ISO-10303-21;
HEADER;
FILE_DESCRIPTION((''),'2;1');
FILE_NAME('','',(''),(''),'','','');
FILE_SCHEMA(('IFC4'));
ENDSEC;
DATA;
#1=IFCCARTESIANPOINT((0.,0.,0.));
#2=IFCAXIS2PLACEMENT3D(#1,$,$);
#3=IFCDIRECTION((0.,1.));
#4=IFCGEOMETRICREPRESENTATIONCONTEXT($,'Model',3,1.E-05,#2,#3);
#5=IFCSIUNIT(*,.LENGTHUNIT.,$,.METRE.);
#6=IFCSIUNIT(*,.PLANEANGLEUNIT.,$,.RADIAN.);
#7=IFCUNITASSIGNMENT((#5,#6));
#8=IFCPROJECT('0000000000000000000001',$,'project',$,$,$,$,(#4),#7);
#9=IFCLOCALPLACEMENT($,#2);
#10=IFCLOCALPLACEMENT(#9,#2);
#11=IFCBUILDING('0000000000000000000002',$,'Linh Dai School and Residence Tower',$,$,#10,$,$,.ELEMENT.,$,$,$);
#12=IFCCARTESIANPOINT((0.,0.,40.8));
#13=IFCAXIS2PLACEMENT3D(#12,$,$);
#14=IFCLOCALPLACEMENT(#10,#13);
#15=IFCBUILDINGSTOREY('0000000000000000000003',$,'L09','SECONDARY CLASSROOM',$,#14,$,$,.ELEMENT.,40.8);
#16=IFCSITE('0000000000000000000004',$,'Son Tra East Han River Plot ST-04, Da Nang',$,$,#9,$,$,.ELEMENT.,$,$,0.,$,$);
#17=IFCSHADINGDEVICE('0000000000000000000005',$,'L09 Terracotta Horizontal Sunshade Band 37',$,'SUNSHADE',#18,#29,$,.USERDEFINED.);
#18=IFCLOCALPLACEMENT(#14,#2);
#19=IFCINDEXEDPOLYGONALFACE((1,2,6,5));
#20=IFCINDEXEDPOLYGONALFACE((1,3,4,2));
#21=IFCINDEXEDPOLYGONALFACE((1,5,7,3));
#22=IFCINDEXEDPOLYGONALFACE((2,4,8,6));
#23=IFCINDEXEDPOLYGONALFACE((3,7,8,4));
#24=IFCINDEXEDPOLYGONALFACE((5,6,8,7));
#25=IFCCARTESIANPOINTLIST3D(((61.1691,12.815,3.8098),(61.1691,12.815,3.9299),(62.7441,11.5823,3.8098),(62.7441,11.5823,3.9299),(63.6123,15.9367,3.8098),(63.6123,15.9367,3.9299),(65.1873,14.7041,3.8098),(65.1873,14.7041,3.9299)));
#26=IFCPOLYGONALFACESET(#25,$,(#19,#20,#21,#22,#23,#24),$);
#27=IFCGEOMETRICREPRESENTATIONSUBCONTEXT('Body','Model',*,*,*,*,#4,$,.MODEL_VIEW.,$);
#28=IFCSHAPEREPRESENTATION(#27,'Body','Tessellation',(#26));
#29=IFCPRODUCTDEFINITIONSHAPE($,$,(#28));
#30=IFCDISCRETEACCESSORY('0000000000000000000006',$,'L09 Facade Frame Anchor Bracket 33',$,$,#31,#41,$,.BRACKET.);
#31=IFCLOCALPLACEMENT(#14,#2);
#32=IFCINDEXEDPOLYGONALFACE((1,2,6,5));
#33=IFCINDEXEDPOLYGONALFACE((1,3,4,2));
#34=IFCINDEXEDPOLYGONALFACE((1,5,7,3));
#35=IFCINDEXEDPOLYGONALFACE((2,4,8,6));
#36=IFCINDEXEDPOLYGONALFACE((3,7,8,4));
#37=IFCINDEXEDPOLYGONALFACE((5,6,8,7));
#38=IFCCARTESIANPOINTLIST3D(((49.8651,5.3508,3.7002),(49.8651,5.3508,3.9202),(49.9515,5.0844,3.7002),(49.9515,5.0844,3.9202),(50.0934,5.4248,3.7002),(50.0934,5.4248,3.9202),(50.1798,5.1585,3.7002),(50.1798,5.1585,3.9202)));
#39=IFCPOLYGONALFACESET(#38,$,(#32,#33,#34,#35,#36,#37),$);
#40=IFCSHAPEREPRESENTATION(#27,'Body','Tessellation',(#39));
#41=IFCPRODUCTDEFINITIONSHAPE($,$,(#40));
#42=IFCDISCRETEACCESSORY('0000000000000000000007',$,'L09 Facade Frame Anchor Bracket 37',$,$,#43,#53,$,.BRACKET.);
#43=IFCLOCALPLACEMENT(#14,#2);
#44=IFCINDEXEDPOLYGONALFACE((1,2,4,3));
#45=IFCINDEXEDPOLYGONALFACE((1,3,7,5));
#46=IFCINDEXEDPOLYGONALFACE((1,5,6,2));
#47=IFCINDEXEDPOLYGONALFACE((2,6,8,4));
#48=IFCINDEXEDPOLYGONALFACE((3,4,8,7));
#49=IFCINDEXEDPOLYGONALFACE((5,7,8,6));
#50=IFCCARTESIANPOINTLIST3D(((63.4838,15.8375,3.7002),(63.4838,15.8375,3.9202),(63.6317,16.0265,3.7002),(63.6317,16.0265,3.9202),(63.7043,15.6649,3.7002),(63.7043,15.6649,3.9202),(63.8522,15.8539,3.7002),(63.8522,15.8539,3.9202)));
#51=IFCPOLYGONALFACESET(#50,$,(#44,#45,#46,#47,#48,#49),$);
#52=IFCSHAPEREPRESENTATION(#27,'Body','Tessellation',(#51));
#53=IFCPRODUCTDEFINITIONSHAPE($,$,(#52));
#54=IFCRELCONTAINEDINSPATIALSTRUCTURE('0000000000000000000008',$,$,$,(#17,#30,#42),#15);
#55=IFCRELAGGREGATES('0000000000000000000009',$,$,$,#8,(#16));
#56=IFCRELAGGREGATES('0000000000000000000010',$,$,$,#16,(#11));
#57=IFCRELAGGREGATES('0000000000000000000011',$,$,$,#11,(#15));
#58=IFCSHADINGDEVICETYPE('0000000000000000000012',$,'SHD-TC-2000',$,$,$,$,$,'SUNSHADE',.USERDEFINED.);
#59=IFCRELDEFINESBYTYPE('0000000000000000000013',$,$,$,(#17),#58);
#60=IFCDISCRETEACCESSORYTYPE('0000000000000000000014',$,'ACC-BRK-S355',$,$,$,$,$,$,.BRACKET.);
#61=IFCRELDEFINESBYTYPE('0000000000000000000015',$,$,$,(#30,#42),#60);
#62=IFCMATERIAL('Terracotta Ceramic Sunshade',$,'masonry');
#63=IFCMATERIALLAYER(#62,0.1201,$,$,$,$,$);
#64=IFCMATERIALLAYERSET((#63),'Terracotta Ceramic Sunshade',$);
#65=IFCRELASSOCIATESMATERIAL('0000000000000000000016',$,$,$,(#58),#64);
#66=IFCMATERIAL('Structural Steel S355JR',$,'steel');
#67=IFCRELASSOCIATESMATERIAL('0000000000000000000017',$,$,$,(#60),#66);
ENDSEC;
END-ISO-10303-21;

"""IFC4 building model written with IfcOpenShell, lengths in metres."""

from ifc_helpers import new_model, si_unit, direction, frame, origin, origin_2d, place, context, subcontext, project, spatial, rectangle, extrude, source, transform, mapped, material, layer, layer_set, type_object, element, save


model = new_model("IFC4")

# Units and contexts
model_context = context("Model", 3, precision=1e-05, world=origin(), true_north=direction((0.0, 1.0)))
body_context = subcontext(model_context, "Body", "Model", "MODEL_VIEW")
ifc_project = project(units=[si_unit("LENGTHUNIT", "METRE"), si_unit("PLANEANGLEUNIT", "RADIAN")], contexts=[model_context])

# Site, building, storey
site_placement = place(None, origin())
site = spatial("IfcSite", under=ifc_project, at=site_placement, Name="Son Tra East Han River Plot ST-04, Da Nang", CompositionType="ELEMENT", RefElevation=0.0)
building_placement = place(site_placement, origin())
building = spatial("IfcBuilding", under=site, at=building_placement, Name="Linh Dai School and Residence Tower", CompositionType="ELEMENT")
storey_placement = place(building_placement, frame((0.0, 0.0, 40.8)))
storey = spatial("IfcBuildingStorey", under=building, at=storey_placement, Name="L09", Description="SECONDARY CLASSROOM", CompositionType="ELEMENT", Elevation=40.8)

# Shared definitions
ifc_material_1 = material(Name="Structural Steel S355JR", Category="steel")

# Shading device
ifc_material_2 = material(Name="Terracotta Ceramic Sunshade", Category="masonry")
ifc_layer_1 = layer(ifc_material_2, 0.1201)
ifc_layer_set_1 = layer_set([ifc_layer_1], Name="Terracotta Ceramic Sunshade")
shading_device_type = type_object("IfcShadingDeviceType", Name="SHD-TC-2000", ElementType="SUNSHADE", PredefinedType="USERDEFINED", material=ifc_layer_set_1)
shared_shape_1 = source(origin(), body_context, "Body", "SweptSolid", [
    extrude(rectangle(XDim=3.9641, YDim=2.0, at=origin_2d()), origin(), (0.0, 0.0, 1.0), 0.1201),
])
shading_device_1_placement = place(storey_placement, frame((63.1782, 13.7595, 3.8098), z_axis=(0.0, 0.0, 1.0), x_axis=(-0.616319, -0.787496, 0.0)))
element("IfcShadingDevice", 1, at=shading_device_1_placement, inside=storey, type_object=shading_device_type, Name="L09 Terracotta Horizontal Sunshade Band 37", ObjectType="SUNSHADE", PredefinedType="USERDEFINED", context=body_context, shape_type="MappedRepresentation", body=[
    mapped(shared_shape_1, transform((0.0, 0.0, 0.0), x_axis=(1.0, 0.0, 0.0), y_axis=(0.0, 1.0, 0.0), z_axis=(0.0, 0.0, 1.0), scale=1.0)),
])

# Discrete accessories
discrete_accessory_type = type_object("IfcDiscreteAccessoryType", Name="ACC-BRK-S355", PredefinedType="BRACKET", material=ifc_material_1)
shared_shape_2 = source(origin(), body_context, "Body", "SweptSolid", [
    extrude(rectangle(XDim=0.28, YDim=0.24, at=origin_2d()), origin(), (0.0, 0.0, 1.0), 0.22),
])
for number, where, z_axis, x_axis, name in (
    (2, (50.0225, 5.2546, 3.7002), (0.0, 0.0, 1.0), (0.308511, -0.951221, 0.0), "L09 Facade Frame Anchor Bracket 33"),
    (3, (63.668, 15.8457, 3.7002), (0.0, 0.0, 1.0), (0.787496, -0.616319, 0.0), "L09 Facade Frame Anchor Bracket 37"),
):
    element("IfcDiscreteAccessory", number, at=place(storey_placement, frame(where, z_axis=z_axis, x_axis=x_axis)), inside=storey, type_object=discrete_accessory_type, Name=name, PredefinedType="BRACKET", context=body_context, shape_type="MappedRepresentation", body=[
        mapped(shared_shape_2, transform((0.0, 0.0, 0.0), x_axis=(1.0, 0.0, 0.0), y_axis=(0.0, 1.0, 0.0), z_axis=(0.0, 0.0, 1.0), scale=1.0)),
    ])

save(model, "model.ifc")
